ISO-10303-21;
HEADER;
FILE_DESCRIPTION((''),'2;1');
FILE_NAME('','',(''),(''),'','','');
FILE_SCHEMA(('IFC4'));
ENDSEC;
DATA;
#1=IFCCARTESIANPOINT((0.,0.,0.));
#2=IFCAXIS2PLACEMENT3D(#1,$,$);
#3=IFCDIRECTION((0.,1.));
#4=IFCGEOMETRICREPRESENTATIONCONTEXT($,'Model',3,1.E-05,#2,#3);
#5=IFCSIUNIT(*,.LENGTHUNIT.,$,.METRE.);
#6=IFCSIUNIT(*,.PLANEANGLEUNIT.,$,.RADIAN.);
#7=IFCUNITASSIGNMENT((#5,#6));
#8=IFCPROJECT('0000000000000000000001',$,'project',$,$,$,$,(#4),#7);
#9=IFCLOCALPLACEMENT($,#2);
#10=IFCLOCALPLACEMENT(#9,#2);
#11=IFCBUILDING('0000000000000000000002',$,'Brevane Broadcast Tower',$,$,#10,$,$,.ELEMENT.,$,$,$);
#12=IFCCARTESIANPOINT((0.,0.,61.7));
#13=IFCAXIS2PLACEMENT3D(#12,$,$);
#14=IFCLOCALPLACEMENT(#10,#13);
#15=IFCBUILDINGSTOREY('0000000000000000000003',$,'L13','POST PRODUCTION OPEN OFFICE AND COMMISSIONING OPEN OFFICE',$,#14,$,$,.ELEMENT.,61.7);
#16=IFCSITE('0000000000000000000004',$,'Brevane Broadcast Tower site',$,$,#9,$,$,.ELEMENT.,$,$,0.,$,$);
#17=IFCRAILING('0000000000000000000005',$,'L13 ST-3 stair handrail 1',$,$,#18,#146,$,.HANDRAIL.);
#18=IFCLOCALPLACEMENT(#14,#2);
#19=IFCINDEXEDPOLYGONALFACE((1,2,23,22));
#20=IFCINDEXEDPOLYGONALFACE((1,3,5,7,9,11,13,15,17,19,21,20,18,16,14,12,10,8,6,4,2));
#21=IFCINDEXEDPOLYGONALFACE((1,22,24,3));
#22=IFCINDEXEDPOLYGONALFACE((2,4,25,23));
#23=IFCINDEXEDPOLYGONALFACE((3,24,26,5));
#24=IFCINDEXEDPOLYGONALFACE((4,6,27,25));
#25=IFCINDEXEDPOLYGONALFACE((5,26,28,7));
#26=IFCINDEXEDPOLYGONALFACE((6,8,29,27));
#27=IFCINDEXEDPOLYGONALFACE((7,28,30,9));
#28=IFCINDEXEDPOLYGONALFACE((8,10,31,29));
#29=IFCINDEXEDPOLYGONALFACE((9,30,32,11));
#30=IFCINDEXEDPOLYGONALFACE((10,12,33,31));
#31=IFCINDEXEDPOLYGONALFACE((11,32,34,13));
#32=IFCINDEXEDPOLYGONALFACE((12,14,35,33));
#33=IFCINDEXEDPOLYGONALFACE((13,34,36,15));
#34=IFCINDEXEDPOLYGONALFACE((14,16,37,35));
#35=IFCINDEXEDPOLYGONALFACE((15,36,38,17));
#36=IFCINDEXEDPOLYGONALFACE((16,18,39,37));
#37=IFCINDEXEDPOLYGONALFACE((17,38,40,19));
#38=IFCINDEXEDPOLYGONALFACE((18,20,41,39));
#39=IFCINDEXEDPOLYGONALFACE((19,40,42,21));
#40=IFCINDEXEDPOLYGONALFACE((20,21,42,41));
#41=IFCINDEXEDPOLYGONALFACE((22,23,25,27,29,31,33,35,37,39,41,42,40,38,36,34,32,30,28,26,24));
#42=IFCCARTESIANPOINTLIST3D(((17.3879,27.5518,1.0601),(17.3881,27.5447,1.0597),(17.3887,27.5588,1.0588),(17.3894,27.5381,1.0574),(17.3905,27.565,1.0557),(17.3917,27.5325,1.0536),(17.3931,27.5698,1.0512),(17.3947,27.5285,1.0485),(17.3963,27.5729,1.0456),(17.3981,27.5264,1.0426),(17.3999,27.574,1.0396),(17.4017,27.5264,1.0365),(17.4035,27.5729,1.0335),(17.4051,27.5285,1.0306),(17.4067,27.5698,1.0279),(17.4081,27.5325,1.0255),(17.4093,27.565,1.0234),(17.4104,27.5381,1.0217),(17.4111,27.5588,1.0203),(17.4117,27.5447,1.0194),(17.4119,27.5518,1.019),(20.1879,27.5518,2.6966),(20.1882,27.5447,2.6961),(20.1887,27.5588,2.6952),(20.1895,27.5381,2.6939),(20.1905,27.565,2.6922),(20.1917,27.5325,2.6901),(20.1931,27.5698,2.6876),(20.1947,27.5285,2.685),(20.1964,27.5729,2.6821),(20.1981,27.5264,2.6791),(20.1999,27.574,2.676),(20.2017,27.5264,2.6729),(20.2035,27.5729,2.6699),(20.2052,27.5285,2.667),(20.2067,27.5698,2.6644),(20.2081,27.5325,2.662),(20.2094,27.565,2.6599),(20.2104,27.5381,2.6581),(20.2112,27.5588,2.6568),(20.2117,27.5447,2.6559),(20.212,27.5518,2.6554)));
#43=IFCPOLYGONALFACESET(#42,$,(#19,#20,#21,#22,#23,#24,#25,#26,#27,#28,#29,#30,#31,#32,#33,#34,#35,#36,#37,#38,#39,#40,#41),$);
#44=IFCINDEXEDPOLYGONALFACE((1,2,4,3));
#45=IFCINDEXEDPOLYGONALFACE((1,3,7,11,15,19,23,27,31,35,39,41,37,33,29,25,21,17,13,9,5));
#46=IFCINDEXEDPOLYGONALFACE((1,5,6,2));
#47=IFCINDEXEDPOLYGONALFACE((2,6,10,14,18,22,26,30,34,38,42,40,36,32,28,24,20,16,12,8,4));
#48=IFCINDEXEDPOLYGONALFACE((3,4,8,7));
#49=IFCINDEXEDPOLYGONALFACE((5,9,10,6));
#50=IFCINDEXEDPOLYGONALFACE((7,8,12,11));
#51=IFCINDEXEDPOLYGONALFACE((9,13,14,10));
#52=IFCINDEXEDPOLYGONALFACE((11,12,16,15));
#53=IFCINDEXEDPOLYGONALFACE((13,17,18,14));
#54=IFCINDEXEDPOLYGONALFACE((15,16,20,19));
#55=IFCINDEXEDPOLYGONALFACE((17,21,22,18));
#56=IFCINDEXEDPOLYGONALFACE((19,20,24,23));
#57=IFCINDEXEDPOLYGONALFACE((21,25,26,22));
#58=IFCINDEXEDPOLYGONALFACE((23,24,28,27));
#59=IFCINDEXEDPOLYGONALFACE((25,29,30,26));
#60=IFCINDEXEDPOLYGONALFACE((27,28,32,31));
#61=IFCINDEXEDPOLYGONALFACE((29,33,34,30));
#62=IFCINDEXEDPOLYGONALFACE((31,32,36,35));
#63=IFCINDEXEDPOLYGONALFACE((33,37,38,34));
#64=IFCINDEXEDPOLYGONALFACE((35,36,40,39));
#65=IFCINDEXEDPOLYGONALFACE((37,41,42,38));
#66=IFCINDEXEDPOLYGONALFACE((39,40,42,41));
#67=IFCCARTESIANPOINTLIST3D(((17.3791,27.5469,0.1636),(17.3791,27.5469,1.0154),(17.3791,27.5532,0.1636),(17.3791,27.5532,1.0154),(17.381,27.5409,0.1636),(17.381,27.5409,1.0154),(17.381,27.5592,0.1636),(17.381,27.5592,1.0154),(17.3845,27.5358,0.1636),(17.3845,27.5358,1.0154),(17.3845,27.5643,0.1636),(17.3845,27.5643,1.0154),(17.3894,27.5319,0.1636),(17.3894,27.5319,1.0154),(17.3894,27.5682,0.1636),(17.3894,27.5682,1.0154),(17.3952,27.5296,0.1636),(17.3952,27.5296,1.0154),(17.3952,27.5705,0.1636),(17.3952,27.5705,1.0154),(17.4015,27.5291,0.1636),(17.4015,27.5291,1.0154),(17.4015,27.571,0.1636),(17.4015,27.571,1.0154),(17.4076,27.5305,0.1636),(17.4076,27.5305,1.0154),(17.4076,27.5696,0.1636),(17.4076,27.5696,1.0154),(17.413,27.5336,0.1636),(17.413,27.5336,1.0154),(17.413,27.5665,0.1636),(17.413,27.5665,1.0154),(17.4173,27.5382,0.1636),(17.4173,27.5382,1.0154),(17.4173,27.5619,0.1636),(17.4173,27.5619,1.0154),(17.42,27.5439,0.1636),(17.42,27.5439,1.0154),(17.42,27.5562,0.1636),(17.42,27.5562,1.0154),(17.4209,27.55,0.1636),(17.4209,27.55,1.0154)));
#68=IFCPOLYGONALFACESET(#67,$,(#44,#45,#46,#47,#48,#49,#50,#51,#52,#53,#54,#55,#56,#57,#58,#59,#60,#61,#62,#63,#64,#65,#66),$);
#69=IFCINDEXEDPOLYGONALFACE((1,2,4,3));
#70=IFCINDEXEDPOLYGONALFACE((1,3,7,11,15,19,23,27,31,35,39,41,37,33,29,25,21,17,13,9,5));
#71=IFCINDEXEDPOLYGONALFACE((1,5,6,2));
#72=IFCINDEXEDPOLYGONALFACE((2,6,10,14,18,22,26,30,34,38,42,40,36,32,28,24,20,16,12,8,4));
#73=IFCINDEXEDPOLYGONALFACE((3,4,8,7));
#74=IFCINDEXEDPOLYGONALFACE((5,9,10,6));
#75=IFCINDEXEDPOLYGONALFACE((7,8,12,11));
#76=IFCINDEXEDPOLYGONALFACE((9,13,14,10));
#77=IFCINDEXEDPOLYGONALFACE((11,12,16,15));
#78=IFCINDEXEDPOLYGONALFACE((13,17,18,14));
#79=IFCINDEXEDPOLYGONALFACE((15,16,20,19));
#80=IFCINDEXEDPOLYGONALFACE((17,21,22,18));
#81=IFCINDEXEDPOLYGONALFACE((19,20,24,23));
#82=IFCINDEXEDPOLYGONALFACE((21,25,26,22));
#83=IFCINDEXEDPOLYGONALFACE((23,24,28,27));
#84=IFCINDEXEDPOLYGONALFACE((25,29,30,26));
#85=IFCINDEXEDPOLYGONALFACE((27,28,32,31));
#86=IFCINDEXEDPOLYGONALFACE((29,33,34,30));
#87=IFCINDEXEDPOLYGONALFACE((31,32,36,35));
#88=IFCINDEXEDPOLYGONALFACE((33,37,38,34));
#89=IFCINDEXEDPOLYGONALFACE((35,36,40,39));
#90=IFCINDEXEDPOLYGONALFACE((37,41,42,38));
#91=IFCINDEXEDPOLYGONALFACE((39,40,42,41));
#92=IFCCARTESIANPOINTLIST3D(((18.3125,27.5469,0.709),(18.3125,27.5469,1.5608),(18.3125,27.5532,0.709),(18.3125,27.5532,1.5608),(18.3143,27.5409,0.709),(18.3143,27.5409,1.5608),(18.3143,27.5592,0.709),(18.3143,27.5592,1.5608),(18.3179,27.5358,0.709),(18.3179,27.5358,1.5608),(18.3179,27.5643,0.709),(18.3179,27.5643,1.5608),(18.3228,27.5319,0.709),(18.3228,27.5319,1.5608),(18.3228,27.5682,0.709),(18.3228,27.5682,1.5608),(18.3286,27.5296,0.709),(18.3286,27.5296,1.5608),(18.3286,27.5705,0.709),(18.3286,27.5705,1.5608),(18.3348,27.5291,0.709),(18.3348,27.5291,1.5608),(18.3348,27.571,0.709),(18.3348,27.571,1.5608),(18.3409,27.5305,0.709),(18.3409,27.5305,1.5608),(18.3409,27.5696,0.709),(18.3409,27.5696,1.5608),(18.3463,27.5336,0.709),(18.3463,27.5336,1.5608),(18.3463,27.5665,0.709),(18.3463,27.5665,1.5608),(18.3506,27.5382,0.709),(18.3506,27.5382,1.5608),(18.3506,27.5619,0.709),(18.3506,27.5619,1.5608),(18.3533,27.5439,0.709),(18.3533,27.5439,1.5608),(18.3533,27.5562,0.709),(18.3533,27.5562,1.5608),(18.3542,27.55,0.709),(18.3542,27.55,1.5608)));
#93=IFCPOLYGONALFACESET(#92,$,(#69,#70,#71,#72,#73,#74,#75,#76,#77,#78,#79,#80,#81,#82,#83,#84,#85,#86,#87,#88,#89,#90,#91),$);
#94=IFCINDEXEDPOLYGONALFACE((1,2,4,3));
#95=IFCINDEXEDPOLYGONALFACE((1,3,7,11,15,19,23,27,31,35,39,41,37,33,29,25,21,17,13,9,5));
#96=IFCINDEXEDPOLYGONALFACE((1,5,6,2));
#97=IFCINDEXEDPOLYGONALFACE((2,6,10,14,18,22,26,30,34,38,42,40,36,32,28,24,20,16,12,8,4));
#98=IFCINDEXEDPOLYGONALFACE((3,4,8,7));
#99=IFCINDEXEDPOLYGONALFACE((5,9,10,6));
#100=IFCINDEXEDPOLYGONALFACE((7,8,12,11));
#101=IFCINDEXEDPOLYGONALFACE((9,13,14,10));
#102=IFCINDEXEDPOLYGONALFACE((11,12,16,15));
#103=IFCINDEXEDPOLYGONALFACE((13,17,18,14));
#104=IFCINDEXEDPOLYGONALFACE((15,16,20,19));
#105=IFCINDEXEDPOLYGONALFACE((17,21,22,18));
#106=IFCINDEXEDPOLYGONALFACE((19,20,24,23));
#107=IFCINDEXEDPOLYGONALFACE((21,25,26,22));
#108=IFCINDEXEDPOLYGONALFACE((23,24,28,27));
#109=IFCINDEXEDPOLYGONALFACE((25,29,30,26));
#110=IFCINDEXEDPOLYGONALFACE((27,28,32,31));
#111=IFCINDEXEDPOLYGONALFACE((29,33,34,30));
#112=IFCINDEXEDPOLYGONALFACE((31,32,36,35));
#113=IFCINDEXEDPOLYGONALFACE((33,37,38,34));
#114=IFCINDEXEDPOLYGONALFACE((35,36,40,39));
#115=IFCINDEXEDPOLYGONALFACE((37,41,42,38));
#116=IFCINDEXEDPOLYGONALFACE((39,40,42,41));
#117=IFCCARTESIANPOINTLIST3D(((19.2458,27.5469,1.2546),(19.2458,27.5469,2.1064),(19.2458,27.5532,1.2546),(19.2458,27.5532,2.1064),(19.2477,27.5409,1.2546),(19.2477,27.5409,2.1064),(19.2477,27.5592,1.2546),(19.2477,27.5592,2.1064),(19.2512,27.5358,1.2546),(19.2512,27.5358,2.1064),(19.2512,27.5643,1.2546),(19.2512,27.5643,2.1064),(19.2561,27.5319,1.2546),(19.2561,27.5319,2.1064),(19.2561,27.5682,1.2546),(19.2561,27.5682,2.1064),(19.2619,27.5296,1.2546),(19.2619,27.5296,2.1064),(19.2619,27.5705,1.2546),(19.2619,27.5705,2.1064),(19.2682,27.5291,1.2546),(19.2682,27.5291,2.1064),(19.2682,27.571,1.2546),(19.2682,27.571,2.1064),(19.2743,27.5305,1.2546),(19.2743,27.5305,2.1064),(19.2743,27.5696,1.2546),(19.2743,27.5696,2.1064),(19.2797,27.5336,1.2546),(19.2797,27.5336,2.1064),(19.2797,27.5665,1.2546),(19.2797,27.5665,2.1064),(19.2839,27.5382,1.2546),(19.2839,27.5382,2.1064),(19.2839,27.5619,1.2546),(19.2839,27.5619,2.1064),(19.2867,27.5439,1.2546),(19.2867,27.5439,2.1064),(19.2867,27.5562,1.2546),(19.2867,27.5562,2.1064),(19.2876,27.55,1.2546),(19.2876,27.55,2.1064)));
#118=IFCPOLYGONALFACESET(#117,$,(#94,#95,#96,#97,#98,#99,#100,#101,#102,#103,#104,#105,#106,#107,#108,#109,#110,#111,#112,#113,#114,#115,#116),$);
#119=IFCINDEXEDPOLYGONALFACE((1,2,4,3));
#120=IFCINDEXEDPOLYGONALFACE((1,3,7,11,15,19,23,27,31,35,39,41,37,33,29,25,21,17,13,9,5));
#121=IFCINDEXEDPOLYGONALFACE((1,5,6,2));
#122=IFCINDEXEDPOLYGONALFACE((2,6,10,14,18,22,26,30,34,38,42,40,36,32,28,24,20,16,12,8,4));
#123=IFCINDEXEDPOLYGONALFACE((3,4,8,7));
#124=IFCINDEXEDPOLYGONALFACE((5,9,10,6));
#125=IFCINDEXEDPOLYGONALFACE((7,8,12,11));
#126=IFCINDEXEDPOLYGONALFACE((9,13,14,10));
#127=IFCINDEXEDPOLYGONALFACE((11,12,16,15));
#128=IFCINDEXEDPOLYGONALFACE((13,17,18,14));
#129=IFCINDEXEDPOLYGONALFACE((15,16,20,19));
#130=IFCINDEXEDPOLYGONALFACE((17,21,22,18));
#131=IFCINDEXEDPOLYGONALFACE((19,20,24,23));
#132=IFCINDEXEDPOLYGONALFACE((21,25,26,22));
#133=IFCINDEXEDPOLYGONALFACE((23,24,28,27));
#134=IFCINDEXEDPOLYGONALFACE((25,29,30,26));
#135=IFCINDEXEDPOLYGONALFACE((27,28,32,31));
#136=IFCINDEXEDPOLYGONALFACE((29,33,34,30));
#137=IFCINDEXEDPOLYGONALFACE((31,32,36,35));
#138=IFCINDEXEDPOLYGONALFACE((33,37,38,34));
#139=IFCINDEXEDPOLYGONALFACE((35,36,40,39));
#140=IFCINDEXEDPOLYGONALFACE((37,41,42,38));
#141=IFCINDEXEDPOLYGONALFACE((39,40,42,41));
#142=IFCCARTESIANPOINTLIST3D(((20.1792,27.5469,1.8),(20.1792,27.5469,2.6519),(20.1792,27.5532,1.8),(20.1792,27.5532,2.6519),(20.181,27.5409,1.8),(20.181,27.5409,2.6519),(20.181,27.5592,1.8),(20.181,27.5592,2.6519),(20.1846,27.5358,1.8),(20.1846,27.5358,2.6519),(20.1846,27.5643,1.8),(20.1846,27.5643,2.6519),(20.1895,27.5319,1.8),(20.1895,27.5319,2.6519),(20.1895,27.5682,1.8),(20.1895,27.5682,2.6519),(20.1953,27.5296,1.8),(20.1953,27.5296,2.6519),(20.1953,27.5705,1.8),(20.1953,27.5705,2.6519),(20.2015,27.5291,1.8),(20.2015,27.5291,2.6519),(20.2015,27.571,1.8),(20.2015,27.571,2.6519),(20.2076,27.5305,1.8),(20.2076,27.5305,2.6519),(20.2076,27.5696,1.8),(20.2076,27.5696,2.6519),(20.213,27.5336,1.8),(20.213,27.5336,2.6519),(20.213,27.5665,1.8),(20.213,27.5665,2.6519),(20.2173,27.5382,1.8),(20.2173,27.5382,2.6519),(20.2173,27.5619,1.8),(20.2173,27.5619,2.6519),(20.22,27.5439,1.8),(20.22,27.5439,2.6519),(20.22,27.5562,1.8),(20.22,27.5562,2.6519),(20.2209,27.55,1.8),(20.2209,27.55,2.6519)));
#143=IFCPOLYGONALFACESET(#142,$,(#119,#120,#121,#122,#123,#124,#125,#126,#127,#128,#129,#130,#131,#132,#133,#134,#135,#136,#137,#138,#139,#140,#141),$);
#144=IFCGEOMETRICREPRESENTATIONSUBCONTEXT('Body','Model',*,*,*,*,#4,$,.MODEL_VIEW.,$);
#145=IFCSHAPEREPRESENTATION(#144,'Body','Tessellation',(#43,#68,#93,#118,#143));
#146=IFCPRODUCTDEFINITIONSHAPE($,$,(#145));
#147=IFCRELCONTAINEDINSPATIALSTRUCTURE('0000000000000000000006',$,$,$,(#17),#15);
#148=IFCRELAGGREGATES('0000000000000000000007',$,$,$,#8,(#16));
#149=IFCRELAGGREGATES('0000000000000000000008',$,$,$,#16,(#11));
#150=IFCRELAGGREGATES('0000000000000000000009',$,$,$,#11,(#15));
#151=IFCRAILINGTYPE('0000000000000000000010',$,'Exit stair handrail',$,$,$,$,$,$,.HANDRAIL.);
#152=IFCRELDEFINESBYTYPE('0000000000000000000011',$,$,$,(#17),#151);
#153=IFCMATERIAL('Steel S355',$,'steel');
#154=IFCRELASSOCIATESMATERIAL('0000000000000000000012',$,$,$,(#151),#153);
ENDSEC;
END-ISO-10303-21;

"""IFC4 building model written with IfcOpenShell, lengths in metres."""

from ifc_helpers import new_model, si_unit, direction, frame, origin, origin_2d, place, context, subcontext, project, spatial, circle, extrude, material, type_object, element, save


model = new_model("IFC4")

# Units and contexts
model_context = context("Model", 3, precision=1e-05, world=origin(), true_north=direction((0.0, 1.0)))
body_context = subcontext(model_context, "Body", "Model", "MODEL_VIEW")
ifc_project = project(units=[si_unit("LENGTHUNIT", "METRE"), si_unit("PLANEANGLEUNIT", "RADIAN")], contexts=[model_context])

# Site, building, storey
site_placement = place(None, origin())
site = spatial("IfcSite", under=ifc_project, at=site_placement, Name="Brevane Broadcast Tower site", CompositionType="ELEMENT", RefElevation=0.0)
building_placement = place(site_placement, origin())
building = spatial("IfcBuilding", under=site, at=building_placement, Name="Brevane Broadcast Tower", CompositionType="ELEMENT")
storey_placement = place(building_placement, frame((0.0, 0.0, 61.7)))
storey = spatial("IfcBuildingStorey", under=building, at=storey_placement, Name="L13", Description="POST PRODUCTION OPEN OFFICE AND COMMISSIONING OPEN OFFICE", CompositionType="ELEMENT", Elevation=61.7)

# Railing
ifc_material_1 = material(Name="Steel S355", Category="steel")
railing_type_1 = type_object("IfcRailingType", Name="Exit stair handrail", PredefinedType="HANDRAIL", material=ifc_material_1)
railing_1_placement = place(storey_placement, frame((17.3999, 27.55, 0.1636)))
element("IfcRailing", 1, at=railing_1_placement, inside=storey, type_object=railing_type_1, Name="L13 ST-3 stair handrail 1", PredefinedType="HANDRAIL", context=body_context, shape_type="SweptSolid", body=[
    extrude(circle(Radius=0.0239, at=origin_2d()), frame((0.0, 0.0, 0.876), z_axis=(0.863361, 0.0, 0.504587), x_axis=(0.0, 1.0, 0.0)), (0.0, 0.0, 1.0), 3.2432),
    extrude(circle(Radius=0.021, at=origin_2d()), origin(), (0.0, 0.0, 1.0), 0.8518),
    extrude(circle(Radius=0.021, at=origin_2d()), frame((0.9333, 0.0, 0.5454)), (0.0, 0.0, 1.0), 0.8518),
    extrude(circle(Radius=0.021, at=origin_2d()), frame((1.8667, 0.0, 1.0911)), (0.0, 0.0, 1.0), 0.8518),
    extrude(circle(Radius=0.021, at=origin_2d()), frame((2.8, 0.0, 1.6365)), (0.0, 0.0, 1.0), 0.8518),
])

save(model, "model.ifc")
